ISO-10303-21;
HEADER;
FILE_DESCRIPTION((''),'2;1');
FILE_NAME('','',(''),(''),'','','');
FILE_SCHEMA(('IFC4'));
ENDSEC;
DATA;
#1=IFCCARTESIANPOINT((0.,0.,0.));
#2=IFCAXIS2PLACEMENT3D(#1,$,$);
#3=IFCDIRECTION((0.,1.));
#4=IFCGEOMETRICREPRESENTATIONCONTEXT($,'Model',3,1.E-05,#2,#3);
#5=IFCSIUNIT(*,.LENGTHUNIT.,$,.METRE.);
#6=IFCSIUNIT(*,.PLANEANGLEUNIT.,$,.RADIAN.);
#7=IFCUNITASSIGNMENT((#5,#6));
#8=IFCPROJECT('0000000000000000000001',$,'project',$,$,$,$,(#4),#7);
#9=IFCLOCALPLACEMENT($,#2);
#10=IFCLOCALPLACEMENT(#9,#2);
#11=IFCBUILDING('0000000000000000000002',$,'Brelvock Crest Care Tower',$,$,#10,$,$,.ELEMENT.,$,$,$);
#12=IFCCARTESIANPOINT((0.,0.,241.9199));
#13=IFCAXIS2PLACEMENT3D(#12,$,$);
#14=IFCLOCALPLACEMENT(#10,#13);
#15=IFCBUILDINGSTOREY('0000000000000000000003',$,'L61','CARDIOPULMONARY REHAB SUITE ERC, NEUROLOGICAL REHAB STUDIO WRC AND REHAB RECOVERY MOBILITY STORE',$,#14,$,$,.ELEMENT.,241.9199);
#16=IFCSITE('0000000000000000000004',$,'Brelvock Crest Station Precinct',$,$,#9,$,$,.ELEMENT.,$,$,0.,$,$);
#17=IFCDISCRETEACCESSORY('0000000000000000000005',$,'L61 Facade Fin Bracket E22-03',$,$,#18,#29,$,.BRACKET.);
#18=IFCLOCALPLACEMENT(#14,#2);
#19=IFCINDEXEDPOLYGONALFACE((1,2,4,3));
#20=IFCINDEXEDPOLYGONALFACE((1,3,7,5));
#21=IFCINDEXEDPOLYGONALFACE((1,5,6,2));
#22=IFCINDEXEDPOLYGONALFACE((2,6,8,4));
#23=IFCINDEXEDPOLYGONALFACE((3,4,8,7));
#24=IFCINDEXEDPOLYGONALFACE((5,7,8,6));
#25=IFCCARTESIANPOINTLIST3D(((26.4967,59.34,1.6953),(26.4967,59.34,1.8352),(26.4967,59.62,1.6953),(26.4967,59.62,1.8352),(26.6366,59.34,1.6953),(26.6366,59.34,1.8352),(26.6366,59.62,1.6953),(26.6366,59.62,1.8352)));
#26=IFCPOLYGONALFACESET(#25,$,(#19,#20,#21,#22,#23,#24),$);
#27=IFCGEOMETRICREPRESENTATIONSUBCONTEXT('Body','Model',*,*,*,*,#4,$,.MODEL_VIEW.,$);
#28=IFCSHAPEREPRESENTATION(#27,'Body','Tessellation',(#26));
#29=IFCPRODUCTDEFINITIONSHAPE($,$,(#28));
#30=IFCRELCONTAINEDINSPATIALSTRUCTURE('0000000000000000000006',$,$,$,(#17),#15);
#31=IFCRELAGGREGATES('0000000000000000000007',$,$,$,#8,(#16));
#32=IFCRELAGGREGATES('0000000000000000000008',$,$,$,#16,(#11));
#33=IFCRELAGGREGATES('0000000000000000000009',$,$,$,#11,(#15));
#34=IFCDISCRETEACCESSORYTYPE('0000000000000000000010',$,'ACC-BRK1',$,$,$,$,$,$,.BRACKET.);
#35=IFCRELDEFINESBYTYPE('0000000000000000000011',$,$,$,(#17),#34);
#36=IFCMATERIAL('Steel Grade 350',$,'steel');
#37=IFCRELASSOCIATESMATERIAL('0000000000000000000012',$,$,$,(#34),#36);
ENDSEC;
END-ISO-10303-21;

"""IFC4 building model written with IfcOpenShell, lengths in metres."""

from ifc_helpers import new_model, si_unit, direction, frame, origin, origin_2d, place, context, subcontext, project, spatial, rectangle, extrude, source, transform, mapped, material, type_object, element, save


model = new_model("IFC4")

# Units and contexts
model_context = context("Model", 3, precision=1e-05, world=origin(), true_north=direction((0.0, 1.0)))
body_context = subcontext(model_context, "Body", "Model", "MODEL_VIEW")
ifc_project = project(units=[si_unit("LENGTHUNIT", "METRE"), si_unit("PLANEANGLEUNIT", "RADIAN")], contexts=[model_context])

# Site, building, storey
site_placement = place(None, origin())
site = spatial("IfcSite", under=ifc_project, at=site_placement, Name="Brelvock Crest Station Precinct", CompositionType="ELEMENT", RefElevation=0.0)
building_placement = place(site_placement, origin())
building = spatial("IfcBuilding", under=site, at=building_placement, Name="Brelvock Crest Care Tower", CompositionType="ELEMENT")
storey_placement = place(building_placement, frame((0.0, 0.0, 241.9199)))
storey = spatial("IfcBuildingStorey", under=building, at=storey_placement, Name="L61", Description="CARDIOPULMONARY REHAB SUITE ERC, NEUROLOGICAL REHAB STUDIO WRC AND REHAB RECOVERY MOBILITY STORE", CompositionType="ELEMENT", Elevation=241.9199)

# Shared definitions
ifc_material_1 = material(Name="Steel Grade 350", Category="steel")

# Discrete accessory
discrete_accessory_type = type_object("IfcDiscreteAccessoryType", Name="ACC-BRK1", PredefinedType="BRACKET", material=ifc_material_1)
shared_shape_1 = source(origin(), body_context, "Body", "SweptSolid", [
    extrude(rectangle(XDim=0.28, YDim=0.1399, at=origin_2d()), origin(), (0.0, 0.0, 1.0), 0.1399),
])
for number, where, z_axis, x_axis, name in (
    (1, (26.5667, 59.48, 1.6953), (0.0, 0.0, 1.0), (0.0, 1.0, 0.0), "L61 Facade Fin Bracket E22-03"),
):
    element("IfcDiscreteAccessory", number, at=place(storey_placement, frame(where, z_axis=z_axis, x_axis=x_axis)), inside=storey, type_object=discrete_accessory_type, Name=name, PredefinedType="BRACKET", context=body_context, shape_type="MappedRepresentation", body=[
        mapped(shared_shape_1, transform((0.0, 0.0, 0.0), x_axis=(1.0, 0.0, 0.0), y_axis=(0.0, 1.0, 0.0), z_axis=(0.0, 0.0, 1.0), scale=1.0)),
    ])

save(model, "model.ifc")
